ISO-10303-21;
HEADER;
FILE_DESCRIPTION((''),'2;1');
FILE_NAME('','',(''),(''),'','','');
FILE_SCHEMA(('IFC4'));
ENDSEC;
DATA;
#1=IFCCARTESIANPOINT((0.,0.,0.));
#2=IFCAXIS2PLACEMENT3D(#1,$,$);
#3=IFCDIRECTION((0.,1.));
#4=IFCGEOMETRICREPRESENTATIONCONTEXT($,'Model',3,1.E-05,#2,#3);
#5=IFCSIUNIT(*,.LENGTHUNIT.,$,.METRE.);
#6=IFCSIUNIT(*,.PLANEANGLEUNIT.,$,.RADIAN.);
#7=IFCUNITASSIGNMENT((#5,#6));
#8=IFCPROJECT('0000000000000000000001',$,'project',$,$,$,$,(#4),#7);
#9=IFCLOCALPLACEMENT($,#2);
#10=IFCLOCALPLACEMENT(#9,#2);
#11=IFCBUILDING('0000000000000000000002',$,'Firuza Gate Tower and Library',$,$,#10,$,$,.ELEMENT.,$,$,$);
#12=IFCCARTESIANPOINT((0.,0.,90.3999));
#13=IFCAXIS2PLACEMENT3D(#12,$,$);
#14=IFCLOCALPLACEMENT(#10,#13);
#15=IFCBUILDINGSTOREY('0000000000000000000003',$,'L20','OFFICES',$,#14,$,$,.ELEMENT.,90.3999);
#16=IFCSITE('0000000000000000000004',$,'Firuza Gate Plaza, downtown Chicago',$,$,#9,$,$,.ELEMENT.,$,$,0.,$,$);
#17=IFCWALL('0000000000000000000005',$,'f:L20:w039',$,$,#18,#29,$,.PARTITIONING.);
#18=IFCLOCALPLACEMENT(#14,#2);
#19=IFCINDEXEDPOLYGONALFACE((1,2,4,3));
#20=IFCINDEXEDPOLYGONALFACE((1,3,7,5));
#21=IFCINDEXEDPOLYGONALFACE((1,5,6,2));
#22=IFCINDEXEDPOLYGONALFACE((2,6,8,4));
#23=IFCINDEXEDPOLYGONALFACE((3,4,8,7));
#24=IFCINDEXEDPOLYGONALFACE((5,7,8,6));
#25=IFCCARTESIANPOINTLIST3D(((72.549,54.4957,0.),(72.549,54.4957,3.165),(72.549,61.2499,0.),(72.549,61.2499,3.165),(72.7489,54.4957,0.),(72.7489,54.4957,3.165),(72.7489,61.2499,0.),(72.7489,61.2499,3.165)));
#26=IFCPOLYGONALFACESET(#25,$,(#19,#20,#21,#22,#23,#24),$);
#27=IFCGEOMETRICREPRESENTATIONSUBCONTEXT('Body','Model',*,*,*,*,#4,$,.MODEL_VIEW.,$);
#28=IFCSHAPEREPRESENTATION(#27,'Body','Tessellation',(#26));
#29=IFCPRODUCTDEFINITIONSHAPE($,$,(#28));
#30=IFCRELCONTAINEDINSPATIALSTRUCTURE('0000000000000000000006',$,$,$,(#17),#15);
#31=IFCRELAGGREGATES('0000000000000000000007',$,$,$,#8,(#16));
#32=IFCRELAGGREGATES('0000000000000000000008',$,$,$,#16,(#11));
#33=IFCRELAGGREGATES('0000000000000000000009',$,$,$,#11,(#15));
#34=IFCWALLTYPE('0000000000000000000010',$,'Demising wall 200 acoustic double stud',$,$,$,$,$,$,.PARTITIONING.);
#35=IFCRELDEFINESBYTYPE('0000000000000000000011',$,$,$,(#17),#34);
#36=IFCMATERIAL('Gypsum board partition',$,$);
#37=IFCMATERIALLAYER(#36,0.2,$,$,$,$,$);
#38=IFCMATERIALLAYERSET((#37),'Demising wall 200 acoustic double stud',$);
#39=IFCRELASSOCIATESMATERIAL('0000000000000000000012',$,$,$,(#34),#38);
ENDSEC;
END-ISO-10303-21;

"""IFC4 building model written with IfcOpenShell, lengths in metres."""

from ifc_helpers import new_model, si_unit, direction, frame, frame_2d, origin, place, context, subcontext, project, spatial, rectangle, extrude, material, layer, layer_set, type_object, element, save


model = new_model("IFC4")

# Units and contexts
model_context = context("Model", 3, precision=1e-05, world=origin(), true_north=direction((0.0, 1.0)))
body_context = subcontext(model_context, "Body", "Model", "MODEL_VIEW")
ifc_project = project(units=[si_unit("LENGTHUNIT", "METRE"), si_unit("PLANEANGLEUNIT", "RADIAN")], contexts=[model_context])

# Site, building, storey
site_placement = place(None, origin())
site = spatial("IfcSite", under=ifc_project, at=site_placement, Name="Firuza Gate Plaza, downtown Chicago", CompositionType="ELEMENT", RefElevation=0.0)
building_placement = place(site_placement, origin())
building = spatial("IfcBuilding", under=site, at=building_placement, Name="Firuza Gate Tower and Library", CompositionType="ELEMENT")
storey_placement = place(building_placement, frame((0.0, 0.0, 90.3999)))
storey = spatial("IfcBuildingStorey", under=building, at=storey_placement, Name="L20", Description="OFFICES", CompositionType="ELEMENT", Elevation=90.3999)

# Wall
ifc_material_1 = material(Name="Gypsum board partition")
ifc_layer_1 = layer(ifc_material_1, 0.2)
ifc_layer_set_1 = layer_set([ifc_layer_1], Name="Demising wall 200 acoustic double stud")
wall_type = type_object("IfcWallType", Name="Demising wall 200 acoustic double stud", PredefinedType="PARTITIONING", material=ifc_layer_set_1)
wall_placement = place(storey_placement, frame((72.6489, 54.4958, 0.0), z_axis=(0.0, 0.0, 1.0), x_axis=(0.0, 1.0, 0.0)))
element("IfcWall", 1, at=wall_placement, inside=storey, type_object=wall_type, Name="f:L20:w039", PredefinedType="PARTITIONING", context=body_context, shape_type="SweptSolid", body=[
    extrude(rectangle(XDim=6.7542, YDim=0.2, at=frame_2d((3.377, 0.0))), origin(), (0.0, 0.0, 1.0), 3.165),
])

save(model, "model.ifc")
